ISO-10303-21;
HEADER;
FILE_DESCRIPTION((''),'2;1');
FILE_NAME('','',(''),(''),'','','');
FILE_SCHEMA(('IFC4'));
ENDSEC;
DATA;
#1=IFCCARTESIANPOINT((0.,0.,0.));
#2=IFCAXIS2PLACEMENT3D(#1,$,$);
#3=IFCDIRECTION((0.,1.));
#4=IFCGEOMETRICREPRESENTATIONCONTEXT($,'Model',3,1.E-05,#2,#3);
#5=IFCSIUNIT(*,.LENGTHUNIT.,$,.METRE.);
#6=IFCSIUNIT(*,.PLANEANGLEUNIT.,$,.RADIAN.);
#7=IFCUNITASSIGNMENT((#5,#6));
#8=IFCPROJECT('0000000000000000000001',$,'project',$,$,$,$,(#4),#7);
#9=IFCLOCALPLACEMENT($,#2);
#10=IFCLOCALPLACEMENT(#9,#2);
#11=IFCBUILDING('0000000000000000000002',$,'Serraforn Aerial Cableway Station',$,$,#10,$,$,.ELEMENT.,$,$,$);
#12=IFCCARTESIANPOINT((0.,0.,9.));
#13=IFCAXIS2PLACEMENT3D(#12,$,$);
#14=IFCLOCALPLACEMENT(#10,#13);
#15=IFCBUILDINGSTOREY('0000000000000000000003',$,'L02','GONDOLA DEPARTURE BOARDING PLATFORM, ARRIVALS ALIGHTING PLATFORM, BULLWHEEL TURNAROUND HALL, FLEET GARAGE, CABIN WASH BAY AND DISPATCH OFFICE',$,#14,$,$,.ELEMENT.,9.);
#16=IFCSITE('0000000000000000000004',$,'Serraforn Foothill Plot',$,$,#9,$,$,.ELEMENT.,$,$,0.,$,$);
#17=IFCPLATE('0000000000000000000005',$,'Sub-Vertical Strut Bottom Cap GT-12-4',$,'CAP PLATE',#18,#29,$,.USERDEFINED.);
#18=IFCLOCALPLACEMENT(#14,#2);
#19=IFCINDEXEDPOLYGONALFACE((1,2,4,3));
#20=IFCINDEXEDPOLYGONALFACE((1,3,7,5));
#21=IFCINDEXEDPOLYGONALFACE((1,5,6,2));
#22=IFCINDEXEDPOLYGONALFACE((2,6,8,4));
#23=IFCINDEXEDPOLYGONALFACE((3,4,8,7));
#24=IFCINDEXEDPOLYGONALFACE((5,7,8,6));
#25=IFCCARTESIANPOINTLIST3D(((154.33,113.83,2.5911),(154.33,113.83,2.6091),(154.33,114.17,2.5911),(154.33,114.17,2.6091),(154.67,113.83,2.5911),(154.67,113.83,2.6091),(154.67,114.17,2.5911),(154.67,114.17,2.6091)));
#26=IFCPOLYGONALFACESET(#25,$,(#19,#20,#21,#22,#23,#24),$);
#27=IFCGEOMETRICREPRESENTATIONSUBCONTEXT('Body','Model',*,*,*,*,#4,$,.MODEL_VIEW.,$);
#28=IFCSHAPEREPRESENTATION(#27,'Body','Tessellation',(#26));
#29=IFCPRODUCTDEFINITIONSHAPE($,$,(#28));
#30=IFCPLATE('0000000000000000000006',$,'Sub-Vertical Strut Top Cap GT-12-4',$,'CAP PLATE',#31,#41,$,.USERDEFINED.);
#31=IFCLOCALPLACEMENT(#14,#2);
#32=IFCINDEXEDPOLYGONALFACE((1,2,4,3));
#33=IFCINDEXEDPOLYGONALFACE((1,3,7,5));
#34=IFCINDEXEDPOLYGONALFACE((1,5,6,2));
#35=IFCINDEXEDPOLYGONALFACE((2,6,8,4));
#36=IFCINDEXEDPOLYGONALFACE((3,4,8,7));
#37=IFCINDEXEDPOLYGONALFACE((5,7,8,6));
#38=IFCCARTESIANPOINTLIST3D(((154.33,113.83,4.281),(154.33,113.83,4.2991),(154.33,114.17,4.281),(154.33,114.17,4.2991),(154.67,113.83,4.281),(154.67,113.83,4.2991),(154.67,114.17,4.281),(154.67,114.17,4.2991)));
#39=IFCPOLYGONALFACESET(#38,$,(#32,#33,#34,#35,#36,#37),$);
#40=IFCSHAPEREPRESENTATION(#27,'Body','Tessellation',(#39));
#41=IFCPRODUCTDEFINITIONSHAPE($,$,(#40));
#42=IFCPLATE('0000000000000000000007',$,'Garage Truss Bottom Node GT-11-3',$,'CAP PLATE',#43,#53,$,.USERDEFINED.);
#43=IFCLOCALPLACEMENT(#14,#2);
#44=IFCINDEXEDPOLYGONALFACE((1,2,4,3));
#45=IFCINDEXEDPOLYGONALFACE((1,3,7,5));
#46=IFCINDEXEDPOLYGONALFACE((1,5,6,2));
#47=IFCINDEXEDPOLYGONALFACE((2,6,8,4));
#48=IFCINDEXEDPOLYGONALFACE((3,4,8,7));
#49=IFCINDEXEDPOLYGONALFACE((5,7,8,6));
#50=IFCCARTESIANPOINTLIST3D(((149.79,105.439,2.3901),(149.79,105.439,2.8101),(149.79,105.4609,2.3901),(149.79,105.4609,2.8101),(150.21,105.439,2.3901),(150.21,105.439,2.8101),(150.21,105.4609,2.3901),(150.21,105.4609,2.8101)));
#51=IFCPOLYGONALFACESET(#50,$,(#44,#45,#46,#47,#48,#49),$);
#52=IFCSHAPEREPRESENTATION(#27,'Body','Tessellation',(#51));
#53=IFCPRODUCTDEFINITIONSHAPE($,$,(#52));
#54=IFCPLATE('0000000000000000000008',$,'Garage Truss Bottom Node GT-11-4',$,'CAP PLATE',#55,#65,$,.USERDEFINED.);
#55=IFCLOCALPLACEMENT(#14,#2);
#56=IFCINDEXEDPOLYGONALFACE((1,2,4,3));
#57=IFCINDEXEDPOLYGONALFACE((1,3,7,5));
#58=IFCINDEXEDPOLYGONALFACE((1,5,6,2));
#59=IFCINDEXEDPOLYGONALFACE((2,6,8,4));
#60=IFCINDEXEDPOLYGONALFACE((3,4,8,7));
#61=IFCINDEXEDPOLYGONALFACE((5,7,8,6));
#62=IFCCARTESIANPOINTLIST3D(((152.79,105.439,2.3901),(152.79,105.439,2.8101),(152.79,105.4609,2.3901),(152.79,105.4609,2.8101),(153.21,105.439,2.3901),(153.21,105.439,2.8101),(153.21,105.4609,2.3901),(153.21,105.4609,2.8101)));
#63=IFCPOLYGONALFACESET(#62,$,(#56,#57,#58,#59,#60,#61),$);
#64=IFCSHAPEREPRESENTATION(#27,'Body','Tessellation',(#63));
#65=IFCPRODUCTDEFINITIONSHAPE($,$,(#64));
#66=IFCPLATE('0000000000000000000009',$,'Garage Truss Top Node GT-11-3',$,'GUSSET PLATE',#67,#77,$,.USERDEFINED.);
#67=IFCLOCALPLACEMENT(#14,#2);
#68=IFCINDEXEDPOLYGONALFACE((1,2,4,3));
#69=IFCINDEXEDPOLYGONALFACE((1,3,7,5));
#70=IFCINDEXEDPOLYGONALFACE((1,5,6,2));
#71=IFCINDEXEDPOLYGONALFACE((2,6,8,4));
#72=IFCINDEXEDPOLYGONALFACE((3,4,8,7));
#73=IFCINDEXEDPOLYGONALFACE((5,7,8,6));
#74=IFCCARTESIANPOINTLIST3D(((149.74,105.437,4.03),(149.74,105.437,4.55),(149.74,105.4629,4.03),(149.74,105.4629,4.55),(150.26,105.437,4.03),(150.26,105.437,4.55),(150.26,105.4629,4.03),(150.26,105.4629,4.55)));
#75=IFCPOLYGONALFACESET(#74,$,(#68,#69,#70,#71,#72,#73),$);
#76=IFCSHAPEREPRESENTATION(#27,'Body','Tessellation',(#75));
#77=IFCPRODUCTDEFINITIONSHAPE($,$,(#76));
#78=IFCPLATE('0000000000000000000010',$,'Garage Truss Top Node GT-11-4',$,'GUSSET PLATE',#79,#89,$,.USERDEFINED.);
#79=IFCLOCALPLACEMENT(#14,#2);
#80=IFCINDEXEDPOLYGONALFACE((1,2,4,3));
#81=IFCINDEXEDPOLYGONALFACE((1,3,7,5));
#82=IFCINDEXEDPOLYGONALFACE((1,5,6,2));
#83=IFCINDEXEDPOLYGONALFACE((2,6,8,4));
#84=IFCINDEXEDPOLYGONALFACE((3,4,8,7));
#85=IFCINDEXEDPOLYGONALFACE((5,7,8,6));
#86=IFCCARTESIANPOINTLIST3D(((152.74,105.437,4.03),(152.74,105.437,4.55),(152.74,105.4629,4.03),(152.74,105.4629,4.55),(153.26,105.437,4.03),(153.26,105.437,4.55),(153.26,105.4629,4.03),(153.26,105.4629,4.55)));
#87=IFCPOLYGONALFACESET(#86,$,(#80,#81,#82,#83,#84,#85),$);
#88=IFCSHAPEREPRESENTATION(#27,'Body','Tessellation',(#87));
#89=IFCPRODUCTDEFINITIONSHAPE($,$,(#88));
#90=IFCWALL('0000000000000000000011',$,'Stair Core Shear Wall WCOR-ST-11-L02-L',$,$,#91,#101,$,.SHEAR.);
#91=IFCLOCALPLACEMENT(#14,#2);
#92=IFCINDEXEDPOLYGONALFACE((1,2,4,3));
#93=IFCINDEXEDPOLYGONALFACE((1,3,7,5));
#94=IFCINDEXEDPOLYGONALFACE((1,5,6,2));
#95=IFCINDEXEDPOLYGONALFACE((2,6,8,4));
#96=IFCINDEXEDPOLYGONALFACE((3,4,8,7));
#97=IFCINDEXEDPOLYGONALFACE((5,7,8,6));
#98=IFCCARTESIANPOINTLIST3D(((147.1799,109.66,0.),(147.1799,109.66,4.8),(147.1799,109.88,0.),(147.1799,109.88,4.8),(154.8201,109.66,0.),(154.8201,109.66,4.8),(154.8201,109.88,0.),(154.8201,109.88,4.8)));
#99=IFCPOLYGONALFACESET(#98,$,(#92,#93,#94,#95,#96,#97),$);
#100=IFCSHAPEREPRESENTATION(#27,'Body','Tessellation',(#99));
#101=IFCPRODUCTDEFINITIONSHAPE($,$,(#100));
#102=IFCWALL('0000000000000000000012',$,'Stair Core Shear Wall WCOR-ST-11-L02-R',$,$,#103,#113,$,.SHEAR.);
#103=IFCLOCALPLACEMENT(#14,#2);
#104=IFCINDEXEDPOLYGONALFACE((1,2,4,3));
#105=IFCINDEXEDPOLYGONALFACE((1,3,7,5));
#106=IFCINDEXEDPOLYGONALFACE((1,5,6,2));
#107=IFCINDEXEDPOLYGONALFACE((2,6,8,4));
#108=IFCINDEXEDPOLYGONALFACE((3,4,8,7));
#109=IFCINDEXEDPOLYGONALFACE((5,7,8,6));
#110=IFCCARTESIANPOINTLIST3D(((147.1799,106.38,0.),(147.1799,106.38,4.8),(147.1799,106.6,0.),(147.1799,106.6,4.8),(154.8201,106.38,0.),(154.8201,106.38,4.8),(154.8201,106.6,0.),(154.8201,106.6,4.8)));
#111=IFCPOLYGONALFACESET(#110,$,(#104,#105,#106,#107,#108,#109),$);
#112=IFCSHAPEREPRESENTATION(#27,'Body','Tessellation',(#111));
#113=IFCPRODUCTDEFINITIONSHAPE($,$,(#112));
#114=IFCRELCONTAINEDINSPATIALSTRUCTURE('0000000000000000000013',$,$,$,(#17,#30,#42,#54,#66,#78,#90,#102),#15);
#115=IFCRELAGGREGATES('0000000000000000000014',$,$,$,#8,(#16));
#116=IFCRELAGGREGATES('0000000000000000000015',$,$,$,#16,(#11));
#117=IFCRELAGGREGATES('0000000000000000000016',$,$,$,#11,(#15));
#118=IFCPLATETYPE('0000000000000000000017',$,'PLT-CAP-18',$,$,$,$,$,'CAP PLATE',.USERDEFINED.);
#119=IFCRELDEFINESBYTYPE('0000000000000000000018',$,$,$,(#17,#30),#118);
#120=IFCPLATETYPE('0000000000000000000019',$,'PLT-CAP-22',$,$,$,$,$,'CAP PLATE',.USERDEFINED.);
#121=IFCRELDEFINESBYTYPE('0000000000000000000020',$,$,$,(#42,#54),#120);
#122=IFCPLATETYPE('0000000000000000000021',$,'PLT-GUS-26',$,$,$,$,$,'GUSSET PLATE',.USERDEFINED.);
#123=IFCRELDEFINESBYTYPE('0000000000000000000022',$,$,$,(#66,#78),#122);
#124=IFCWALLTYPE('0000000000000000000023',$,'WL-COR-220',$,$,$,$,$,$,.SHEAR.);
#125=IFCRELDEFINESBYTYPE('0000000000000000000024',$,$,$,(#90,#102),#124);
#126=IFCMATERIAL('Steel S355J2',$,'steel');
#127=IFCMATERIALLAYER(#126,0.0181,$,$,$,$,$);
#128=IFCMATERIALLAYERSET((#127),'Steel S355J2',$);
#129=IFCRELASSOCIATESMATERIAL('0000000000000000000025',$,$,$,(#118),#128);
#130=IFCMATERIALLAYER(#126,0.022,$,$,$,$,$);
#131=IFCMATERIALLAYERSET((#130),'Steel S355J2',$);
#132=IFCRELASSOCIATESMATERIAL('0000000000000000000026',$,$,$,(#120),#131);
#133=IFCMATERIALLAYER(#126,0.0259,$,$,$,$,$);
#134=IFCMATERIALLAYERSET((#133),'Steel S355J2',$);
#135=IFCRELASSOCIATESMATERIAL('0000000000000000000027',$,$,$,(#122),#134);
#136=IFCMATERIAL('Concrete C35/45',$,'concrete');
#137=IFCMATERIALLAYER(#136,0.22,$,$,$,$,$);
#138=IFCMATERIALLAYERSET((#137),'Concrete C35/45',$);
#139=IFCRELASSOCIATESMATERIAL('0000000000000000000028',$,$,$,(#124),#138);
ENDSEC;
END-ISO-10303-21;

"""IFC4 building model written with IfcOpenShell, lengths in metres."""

from ifc_helpers import new_model, si_unit, direction, frame, frame_2d, origin, origin_2d, place, context, subcontext, project, spatial, rectangle, extrude, material, layer, layer_set, type_object, element, save


model = new_model("IFC4")

# Units and contexts
model_context = context("Model", 3, precision=1e-05, world=origin(), true_north=direction((0.0, 1.0)))
body_context = subcontext(model_context, "Body", "Model", "MODEL_VIEW")
ifc_project = project(units=[si_unit("LENGTHUNIT", "METRE"), si_unit("PLANEANGLEUNIT", "RADIAN")], contexts=[model_context])

# Site, building, storey
site_placement = place(None, origin())
site = spatial("IfcSite", under=ifc_project, at=site_placement, Name="Serraforn Foothill Plot", CompositionType="ELEMENT", RefElevation=0.0)
building_placement = place(site_placement, origin())
building = spatial("IfcBuilding", under=site, at=building_placement, Name="Serraforn Aerial Cableway Station", CompositionType="ELEMENT")
storey_placement = place(building_placement, frame((0.0, 0.0, 9.0)))
storey = spatial("IfcBuildingStorey", under=building, at=storey_placement, Name="L02", Description="GONDOLA DEPARTURE BOARDING PLATFORM, ARRIVALS ALIGHTING PLATFORM, BULLWHEEL TURNAROUND HALL, FLEET GARAGE, CABIN WASH BAY AND DISPATCH OFFICE", CompositionType="ELEMENT", Elevation=9.0)

# Shared definitions
ifc_material_1 = material(Name="Steel S355J2", Category="steel")

# Plates
ifc_layer_1 = layer(ifc_material_1, 0.0181)
ifc_layer_set_1 = layer_set([ifc_layer_1], Name="Steel S355J2")
plate_type_1 = type_object("IfcPlateType", Name="PLT-CAP-18", ElementType="CAP PLATE", PredefinedType="USERDEFINED", material=ifc_layer_set_1)
for number, where, z_axis, x_axis, name in (
    (1, (154.5, 114.0, 2.5911), (0.0, 0.0, 1.0), (1.0, 0.0, 0.0), "Sub-Vertical Strut Bottom Cap GT-12-4"),
    (2, (154.5, 114.0, 4.281), (0.0, 0.0, 1.0), (1.0, 0.0, 0.0), "Sub-Vertical Strut Top Cap GT-12-4"),
):
    element("IfcPlate", number, at=place(storey_placement, frame(where, z_axis=z_axis, x_axis=x_axis)), inside=storey, type_object=plate_type_1, Name=name, ObjectType="CAP PLATE", PredefinedType="USERDEFINED", context=body_context, shape_type="SweptSolid", body=[
        extrude(rectangle(XDim=0.3401, YDim=0.3401, at=origin_2d()), origin(), (0.0, 0.0, 1.0), 0.0181),
    ])
ifc_layer_2 = layer(ifc_material_1, 0.022)
ifc_layer_set_2 = layer_set([ifc_layer_2], Name="Steel S355J2")
plate_type_2 = type_object("IfcPlateType", Name="PLT-CAP-22", ElementType="CAP PLATE", PredefinedType="USERDEFINED", material=ifc_layer_set_2)
for number, where, z_axis, x_axis, name in (
    (3, (150.0, 105.45, 2.3901), (0.0, 0.0, 1.0), (1.0, 0.0, 0.0), "Garage Truss Bottom Node GT-11-3"),
    (4, (153.0, 105.45, 2.3901), (0.0, 0.0, 1.0), (1.0, 0.0, 0.0), "Garage Truss Bottom Node GT-11-4"),
):
    element("IfcPlate", number, at=place(storey_placement, frame(where, z_axis=z_axis, x_axis=x_axis)), inside=storey, type_object=plate_type_2, Name=name, ObjectType="CAP PLATE", PredefinedType="USERDEFINED", context=body_context, shape_type="SweptSolid", body=[
        extrude(rectangle(XDim=0.4199, YDim=0.022, at=origin_2d()), origin(), (0.0, 0.0, 1.0), 0.4199),
    ])
ifc_layer_3 = layer(ifc_material_1, 0.0259)
ifc_layer_set_3 = layer_set([ifc_layer_3], Name="Steel S355J2")
plate_type_3 = type_object("IfcPlateType", Name="PLT-GUS-26", ElementType="GUSSET PLATE", PredefinedType="USERDEFINED", material=ifc_layer_set_3)
for number, where, z_axis, x_axis, name in (
    (5, (150.0, 105.45, 4.03), (0.0, 0.0, 1.0), (1.0, 0.0, 0.0), "Garage Truss Top Node GT-11-3"),
    (6, (153.0, 105.45, 4.03), (0.0, 0.0, 1.0), (1.0, 0.0, 0.0), "Garage Truss Top Node GT-11-4"),
):
    element("IfcPlate", number, at=place(storey_placement, frame(where, z_axis=z_axis, x_axis=x_axis)), inside=storey, type_object=plate_type_3, Name=name, ObjectType="GUSSET PLATE", PredefinedType="USERDEFINED", context=body_context, shape_type="SweptSolid", body=[
        extrude(rectangle(XDim=0.52, YDim=0.0259, at=origin_2d()), origin(), (0.0, 0.0, 1.0), 0.52),
    ])

# Shared definitions
ifc_material_2 = material(Name="Concrete C35/45", Category="concrete")
ifc_layer_4 = layer(ifc_material_2, 0.22)
ifc_layer_set_4 = layer_set([ifc_layer_4], Name="Concrete C35/45")
wall_type = type_object("IfcWallType", Name="WL-COR-220", PredefinedType="SHEAR", material=ifc_layer_set_4)

# Walls
for number, where, z_axis, x_axis, name in (
    (7, (154.8201, 109.77, 0.0), (0.0, 0.0, 1.0), (-1.0, 0.0, 0.0), "Stair Core Shear Wall WCOR-ST-11-L02-L"),
    (8, (154.8201, 106.49, 0.0), (0.0, 0.0, 1.0), (-1.0, 0.0, 0.0), "Stair Core Shear Wall WCOR-ST-11-L02-R"),
):
    element("IfcWall", number, at=place(storey_placement, frame(where, z_axis=z_axis, x_axis=x_axis)), inside=storey, type_object=wall_type, Name=name, PredefinedType="SHEAR", context=body_context, shape_type="SweptSolid", body=[
        extrude(rectangle(XDim=7.6401, YDim=0.22, at=frame_2d((3.8201, 0.0))), origin(), (0.0, 0.0, 1.0), 4.8),
    ])

save(model, "model.ifc")
